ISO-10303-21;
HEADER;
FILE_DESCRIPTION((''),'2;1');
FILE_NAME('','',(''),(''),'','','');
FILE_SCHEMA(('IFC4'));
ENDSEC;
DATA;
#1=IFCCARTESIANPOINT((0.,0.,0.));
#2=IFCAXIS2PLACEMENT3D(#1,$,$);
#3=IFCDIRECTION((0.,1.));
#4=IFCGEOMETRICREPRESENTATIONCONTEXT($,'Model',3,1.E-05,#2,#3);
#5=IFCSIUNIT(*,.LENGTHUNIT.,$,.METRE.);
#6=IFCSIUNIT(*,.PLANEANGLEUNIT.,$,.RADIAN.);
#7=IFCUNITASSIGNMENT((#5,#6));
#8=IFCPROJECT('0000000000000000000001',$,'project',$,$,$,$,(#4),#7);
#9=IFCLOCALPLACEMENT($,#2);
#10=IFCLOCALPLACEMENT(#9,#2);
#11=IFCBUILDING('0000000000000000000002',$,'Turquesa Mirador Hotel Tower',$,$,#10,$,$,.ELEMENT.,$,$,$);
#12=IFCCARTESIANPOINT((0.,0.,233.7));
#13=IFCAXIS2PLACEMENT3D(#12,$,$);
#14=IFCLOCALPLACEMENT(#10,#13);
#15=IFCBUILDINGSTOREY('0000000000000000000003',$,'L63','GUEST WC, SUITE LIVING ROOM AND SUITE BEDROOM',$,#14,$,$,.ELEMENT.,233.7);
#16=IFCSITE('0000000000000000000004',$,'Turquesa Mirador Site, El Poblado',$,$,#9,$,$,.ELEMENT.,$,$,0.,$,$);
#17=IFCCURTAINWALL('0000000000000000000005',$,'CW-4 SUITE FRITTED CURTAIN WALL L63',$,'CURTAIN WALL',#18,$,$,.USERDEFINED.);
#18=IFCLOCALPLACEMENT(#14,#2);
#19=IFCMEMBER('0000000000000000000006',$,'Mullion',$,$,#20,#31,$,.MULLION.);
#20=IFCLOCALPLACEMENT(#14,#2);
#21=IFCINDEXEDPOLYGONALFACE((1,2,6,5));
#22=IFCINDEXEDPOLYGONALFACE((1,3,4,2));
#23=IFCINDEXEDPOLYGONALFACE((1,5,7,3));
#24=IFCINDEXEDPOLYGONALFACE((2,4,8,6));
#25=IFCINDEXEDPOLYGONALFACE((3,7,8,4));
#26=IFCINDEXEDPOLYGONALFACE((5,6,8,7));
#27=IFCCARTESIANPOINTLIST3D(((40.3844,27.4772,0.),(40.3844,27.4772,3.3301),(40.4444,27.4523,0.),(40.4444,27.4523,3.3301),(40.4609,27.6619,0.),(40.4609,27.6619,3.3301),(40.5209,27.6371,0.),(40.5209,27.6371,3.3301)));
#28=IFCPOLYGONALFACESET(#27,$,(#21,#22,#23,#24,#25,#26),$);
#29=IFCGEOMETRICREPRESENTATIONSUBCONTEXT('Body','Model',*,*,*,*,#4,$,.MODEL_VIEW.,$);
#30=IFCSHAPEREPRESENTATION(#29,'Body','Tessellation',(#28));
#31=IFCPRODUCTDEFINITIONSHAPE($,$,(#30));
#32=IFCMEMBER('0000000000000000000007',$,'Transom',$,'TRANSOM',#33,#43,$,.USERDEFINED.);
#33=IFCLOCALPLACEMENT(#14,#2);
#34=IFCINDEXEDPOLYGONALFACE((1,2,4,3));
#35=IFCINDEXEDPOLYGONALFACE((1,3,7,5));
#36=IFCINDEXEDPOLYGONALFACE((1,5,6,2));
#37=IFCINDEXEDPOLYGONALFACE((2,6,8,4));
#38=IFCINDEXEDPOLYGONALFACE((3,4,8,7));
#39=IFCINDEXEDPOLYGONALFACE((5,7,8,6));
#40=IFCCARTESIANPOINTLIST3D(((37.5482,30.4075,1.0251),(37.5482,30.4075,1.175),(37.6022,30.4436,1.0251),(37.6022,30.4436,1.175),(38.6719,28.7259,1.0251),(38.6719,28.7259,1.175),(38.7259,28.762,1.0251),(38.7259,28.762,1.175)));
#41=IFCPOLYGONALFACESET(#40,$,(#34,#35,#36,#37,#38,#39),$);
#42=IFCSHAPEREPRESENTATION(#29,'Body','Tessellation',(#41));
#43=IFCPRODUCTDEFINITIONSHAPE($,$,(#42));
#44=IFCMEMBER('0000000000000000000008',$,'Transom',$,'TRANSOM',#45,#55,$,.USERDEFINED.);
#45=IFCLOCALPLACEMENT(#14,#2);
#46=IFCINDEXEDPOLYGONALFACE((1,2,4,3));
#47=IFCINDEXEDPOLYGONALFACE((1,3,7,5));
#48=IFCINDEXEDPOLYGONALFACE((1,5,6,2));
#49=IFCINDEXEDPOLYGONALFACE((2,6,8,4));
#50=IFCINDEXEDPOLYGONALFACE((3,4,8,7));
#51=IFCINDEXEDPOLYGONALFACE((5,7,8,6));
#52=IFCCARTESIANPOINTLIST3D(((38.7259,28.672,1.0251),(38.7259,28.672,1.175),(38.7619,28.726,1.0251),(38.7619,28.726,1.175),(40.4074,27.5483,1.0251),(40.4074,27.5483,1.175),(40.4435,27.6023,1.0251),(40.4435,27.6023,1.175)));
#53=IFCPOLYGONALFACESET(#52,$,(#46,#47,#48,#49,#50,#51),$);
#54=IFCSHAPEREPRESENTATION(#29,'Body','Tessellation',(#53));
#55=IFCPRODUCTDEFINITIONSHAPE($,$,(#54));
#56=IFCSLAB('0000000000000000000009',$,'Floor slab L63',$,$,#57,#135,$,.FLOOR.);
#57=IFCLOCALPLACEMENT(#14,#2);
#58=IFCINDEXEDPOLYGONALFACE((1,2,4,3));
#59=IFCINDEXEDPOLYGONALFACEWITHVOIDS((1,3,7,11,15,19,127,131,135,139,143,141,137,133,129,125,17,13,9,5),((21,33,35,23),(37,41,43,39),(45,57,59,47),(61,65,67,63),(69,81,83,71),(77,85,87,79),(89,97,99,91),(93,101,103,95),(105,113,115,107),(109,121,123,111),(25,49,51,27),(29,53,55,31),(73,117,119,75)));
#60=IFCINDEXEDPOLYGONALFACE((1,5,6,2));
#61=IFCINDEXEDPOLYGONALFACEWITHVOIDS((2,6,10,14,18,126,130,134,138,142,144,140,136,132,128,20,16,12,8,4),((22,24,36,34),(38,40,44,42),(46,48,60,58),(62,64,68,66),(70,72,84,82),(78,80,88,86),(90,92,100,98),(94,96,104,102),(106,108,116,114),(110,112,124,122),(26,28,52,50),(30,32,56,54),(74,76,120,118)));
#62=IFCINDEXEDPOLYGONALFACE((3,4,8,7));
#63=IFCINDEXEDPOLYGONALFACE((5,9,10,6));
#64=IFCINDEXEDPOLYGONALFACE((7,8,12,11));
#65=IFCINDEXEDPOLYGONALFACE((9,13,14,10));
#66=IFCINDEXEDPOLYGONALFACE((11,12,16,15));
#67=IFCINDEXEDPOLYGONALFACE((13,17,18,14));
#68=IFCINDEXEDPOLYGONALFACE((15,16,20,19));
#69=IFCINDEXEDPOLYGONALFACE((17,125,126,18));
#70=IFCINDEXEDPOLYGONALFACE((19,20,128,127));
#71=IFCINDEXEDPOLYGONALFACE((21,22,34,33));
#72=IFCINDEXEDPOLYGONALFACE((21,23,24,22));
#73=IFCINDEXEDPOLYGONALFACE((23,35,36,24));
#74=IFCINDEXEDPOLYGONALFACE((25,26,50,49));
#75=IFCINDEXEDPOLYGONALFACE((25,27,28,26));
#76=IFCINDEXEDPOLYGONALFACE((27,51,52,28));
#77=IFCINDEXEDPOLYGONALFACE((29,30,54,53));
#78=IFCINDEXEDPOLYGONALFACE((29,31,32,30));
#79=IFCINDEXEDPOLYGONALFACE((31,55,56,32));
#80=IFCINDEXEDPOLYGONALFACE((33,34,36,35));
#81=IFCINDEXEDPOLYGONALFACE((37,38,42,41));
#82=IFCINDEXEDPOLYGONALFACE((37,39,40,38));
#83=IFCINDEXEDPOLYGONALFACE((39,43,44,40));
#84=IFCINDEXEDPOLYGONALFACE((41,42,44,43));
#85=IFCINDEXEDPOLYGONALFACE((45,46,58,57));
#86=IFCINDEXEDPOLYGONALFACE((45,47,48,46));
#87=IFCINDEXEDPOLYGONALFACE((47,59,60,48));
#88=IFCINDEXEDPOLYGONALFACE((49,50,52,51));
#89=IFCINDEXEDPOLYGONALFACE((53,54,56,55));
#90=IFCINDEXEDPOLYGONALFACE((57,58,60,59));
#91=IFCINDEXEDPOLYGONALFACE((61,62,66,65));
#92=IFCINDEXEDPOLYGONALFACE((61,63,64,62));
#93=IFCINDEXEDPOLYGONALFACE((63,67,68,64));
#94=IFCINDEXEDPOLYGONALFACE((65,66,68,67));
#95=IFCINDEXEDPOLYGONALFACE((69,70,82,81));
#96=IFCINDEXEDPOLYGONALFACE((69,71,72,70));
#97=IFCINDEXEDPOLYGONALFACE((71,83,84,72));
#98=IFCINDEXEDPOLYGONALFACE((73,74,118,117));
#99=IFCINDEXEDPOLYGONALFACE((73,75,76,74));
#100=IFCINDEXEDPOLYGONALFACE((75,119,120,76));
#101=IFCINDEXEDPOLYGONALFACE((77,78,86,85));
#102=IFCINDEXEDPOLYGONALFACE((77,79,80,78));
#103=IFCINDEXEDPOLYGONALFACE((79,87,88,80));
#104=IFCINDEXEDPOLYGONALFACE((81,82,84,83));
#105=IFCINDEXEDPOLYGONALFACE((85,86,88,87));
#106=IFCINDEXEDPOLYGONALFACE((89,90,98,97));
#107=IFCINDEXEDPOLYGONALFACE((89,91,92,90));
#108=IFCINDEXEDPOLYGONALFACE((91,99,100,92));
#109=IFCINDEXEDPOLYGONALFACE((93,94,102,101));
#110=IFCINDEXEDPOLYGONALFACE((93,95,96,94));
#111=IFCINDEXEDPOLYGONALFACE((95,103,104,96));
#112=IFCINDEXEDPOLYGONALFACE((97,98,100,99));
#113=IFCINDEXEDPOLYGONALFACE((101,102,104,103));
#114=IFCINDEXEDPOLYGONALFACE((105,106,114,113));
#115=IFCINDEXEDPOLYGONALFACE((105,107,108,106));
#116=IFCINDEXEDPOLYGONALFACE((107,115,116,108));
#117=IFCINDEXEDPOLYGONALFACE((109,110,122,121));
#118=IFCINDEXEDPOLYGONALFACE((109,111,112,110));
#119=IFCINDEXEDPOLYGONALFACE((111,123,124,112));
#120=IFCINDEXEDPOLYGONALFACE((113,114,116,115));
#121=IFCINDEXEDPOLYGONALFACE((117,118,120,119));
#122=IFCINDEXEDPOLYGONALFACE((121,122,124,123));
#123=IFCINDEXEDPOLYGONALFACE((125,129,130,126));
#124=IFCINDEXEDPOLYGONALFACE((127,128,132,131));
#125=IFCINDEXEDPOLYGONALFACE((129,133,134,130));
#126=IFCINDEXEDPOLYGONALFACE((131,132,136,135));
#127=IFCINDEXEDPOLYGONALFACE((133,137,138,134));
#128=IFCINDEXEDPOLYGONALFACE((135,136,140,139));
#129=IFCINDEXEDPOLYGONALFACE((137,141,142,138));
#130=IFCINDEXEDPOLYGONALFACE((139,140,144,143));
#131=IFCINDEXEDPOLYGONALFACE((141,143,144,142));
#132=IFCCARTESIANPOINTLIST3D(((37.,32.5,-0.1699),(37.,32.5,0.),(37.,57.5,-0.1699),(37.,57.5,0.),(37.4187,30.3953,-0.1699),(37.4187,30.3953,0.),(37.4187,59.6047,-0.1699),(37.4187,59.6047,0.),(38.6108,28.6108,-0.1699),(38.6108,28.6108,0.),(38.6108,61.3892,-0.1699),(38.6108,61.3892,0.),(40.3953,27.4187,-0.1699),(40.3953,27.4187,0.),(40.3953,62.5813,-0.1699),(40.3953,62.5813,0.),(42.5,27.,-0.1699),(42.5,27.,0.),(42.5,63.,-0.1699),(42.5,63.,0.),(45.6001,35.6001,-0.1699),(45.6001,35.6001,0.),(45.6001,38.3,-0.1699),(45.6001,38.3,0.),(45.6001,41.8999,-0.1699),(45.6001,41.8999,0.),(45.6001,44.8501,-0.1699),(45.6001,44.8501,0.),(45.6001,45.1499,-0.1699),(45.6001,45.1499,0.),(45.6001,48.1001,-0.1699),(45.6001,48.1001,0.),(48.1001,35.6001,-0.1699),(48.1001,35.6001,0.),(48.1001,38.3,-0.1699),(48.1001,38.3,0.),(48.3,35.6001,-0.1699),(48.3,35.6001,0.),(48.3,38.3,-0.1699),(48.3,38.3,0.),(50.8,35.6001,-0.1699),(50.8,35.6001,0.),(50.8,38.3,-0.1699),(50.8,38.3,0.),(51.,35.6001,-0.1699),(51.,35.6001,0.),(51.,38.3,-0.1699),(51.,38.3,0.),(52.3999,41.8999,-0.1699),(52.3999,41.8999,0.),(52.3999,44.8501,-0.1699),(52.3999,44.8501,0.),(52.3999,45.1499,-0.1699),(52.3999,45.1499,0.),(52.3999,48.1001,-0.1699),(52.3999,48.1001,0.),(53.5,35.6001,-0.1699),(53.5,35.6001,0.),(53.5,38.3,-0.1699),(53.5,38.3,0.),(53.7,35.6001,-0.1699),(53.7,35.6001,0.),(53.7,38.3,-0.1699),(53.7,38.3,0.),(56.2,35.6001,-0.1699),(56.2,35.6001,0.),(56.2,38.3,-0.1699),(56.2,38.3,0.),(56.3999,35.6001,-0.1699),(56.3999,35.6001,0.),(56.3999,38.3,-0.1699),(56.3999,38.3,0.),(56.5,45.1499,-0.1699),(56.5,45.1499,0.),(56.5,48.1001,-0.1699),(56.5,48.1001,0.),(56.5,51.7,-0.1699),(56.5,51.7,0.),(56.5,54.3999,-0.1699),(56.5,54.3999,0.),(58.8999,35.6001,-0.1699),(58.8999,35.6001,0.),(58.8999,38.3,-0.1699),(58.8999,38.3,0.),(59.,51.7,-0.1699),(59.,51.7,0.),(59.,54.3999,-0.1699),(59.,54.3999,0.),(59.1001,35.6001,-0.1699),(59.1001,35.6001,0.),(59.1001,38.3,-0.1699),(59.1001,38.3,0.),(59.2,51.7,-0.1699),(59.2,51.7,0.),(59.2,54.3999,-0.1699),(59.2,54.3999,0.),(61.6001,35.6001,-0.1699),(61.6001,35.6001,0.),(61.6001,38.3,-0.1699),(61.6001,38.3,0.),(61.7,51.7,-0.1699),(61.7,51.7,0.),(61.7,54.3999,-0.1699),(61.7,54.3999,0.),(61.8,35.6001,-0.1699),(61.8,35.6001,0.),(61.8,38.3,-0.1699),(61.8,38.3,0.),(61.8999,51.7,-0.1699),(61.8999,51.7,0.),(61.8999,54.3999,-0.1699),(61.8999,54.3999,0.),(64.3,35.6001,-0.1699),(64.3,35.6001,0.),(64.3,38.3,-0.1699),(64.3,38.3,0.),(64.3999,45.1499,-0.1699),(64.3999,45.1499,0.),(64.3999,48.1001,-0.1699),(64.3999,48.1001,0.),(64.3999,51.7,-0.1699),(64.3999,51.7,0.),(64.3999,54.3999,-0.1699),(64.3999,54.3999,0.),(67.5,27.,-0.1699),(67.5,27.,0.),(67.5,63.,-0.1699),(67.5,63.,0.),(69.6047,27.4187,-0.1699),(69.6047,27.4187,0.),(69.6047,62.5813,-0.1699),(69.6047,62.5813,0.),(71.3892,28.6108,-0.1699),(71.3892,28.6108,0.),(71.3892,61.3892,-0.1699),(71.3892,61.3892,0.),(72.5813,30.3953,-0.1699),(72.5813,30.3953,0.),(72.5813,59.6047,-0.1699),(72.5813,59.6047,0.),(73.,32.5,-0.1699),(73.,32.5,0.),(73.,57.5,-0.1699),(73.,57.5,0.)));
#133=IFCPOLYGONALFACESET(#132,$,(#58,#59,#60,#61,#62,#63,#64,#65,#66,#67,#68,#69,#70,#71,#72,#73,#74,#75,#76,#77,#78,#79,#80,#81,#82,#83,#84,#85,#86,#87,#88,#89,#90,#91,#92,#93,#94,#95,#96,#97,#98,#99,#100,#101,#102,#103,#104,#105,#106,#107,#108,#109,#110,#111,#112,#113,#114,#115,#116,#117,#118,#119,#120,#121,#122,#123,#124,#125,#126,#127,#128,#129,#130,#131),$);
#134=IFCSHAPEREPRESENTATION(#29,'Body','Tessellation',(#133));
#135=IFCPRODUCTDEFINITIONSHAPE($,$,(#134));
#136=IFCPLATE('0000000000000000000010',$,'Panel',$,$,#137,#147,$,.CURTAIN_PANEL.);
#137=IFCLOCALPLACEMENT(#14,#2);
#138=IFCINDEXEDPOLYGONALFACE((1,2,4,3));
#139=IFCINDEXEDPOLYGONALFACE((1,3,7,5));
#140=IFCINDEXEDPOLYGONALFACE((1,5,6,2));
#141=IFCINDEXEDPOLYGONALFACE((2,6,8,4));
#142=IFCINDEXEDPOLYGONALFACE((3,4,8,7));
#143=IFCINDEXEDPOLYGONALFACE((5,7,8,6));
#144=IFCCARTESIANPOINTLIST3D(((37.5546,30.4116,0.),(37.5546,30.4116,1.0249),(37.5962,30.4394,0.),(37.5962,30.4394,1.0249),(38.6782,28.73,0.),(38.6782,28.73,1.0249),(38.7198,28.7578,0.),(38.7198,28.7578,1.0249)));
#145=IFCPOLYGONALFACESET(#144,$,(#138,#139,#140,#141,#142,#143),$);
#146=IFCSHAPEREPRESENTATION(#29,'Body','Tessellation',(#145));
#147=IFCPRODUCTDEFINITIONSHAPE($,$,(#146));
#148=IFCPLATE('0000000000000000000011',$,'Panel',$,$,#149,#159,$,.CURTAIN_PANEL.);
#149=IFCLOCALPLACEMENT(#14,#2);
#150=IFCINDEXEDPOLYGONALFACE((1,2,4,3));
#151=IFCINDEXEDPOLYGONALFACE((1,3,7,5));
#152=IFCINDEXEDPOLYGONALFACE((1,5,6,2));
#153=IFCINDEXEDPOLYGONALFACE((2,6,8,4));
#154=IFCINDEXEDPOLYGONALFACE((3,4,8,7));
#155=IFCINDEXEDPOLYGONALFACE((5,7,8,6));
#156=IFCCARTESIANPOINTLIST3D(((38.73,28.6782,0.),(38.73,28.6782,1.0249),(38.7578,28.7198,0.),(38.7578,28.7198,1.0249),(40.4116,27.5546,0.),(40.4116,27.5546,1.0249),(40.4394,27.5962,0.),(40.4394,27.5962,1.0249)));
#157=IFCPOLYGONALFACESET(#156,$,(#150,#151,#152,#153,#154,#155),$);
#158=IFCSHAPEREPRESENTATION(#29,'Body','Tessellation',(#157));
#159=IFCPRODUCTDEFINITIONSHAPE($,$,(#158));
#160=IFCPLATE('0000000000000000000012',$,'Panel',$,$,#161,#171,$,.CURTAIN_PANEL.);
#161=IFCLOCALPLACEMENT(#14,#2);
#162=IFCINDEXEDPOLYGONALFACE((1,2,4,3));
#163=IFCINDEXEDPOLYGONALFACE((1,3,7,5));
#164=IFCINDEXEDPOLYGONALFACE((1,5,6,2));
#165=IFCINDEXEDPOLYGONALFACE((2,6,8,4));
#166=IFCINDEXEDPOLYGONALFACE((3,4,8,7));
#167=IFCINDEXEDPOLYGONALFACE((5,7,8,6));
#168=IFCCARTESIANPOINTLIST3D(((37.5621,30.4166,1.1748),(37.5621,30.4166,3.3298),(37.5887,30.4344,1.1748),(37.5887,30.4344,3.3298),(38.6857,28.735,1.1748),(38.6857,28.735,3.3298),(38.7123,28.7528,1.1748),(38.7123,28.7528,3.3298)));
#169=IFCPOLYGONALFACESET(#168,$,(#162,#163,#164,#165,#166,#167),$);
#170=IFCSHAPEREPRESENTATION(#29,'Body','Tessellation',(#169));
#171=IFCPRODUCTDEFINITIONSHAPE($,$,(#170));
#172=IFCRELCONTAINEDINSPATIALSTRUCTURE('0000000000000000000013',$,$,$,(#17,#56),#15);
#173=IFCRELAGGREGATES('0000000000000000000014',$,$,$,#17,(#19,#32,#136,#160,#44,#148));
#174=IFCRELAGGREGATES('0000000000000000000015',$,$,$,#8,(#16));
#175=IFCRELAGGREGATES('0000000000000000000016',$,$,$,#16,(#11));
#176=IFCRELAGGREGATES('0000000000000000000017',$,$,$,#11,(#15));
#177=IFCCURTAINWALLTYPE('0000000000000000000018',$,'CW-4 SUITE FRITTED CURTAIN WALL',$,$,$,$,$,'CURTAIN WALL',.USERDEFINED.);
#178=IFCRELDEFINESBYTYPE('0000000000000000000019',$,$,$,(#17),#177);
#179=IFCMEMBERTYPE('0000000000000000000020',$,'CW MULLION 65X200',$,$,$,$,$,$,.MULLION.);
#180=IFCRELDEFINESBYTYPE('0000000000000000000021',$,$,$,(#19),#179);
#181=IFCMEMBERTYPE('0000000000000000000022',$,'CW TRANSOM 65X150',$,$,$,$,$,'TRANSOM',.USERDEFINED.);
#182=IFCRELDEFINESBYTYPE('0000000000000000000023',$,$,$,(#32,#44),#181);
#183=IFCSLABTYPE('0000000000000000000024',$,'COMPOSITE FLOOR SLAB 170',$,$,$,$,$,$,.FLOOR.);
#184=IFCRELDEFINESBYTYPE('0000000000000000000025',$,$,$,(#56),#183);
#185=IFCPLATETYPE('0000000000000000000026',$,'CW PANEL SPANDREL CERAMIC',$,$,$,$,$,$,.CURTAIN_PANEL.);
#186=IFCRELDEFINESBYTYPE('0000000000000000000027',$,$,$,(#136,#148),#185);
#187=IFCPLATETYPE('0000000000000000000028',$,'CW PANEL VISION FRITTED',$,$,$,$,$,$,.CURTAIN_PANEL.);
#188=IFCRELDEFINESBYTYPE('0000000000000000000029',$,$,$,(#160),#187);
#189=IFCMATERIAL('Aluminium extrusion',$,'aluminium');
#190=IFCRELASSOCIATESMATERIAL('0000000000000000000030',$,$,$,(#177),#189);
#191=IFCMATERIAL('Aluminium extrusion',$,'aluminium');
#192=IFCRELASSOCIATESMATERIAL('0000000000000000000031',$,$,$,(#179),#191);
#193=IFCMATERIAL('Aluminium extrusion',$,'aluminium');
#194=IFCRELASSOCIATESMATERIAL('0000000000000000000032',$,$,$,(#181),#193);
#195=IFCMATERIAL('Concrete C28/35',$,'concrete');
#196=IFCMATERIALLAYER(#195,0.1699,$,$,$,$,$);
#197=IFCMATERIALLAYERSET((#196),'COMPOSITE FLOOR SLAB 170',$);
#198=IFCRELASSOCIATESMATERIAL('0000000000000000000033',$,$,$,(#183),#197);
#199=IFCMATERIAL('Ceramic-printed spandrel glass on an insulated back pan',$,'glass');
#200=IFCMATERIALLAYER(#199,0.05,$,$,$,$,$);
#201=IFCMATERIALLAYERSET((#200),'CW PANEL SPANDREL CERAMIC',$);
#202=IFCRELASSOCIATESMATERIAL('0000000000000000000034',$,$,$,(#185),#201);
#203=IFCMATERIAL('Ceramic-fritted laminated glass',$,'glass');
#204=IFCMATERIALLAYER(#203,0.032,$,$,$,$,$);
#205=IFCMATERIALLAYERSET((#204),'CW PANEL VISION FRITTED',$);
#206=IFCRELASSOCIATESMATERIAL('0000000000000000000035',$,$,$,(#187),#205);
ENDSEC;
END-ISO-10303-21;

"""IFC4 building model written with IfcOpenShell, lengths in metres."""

from ifc_helpers import new_model, si_unit, direction, frame, origin, origin_2d, place, context, subcontext, project, spatial, polyline, rectangle, outline, extrude, material, layer, layer_set, material_profile, profile_set, type_object, element, aggregate, save


model = new_model("IFC4")

# Units and contexts
model_context = context("Model", 3, precision=1e-05, world=origin(), true_north=direction((0.0, 1.0)))
body_context = subcontext(model_context, "Body", "Model", "MODEL_VIEW")
ifc_project = project(units=[si_unit("LENGTHUNIT", "METRE"), si_unit("PLANEANGLEUNIT", "RADIAN")], contexts=[model_context])

# Site, building, storey
site_placement = place(None, origin())
site = spatial("IfcSite", under=ifc_project, at=site_placement, Name="Turquesa Mirador Site, El Poblado", CompositionType="ELEMENT", RefElevation=0.0)
building_placement = place(site_placement, origin())
building = spatial("IfcBuilding", under=site, at=building_placement, Name="Turquesa Mirador Hotel Tower", CompositionType="ELEMENT")
storey_placement = place(building_placement, frame((0.0, 0.0, 233.7)))
storey = spatial("IfcBuildingStorey", under=building, at=storey_placement, Name="L63", Description="GUEST WC, SUITE LIVING ROOM AND SUITE BEDROOM", CompositionType="ELEMENT", Elevation=233.7)

# Shared definitions
ifc_material_1 = material(Name="Aluminium extrusion", Category="aluminium")
curtain_wall_type = type_object("IfcCurtainWallType", Name="CW-4 SUITE FRITTED CURTAIN WALL", ElementType="CURTAIN WALL", PredefinedType="USERDEFINED", material=ifc_material_1)
ifc_material_2 = material(Name="Aluminium extrusion", Category="aluminium")
ifc_material_profile_1 = material_profile(ifc_material_2, rectangle(XDim=0.0649, YDim=0.2, at=origin_2d()), Name="MULLION 65X200")
ifc_profile_set_1 = profile_set([ifc_material_profile_1], Name="Aluminium extrusion")
member_type_1 = type_object("IfcMemberType", Name="CW MULLION 65X200", PredefinedType="MULLION", material=ifc_profile_set_1)

# Curtain wall, members
curtain_wall_1_placement = place(storey_placement, origin())
curtain_wall_1 = element("IfcCurtainWall", 1, at=curtain_wall_1_placement, inside=storey, type_object=curtain_wall_type, Name="CW-4 SUITE FRITTED CURTAIN WALL L63", ObjectType="CURTAIN WALL", PredefinedType="USERDEFINED")
member_1_placement = place(storey_placement, frame((40.4526, 27.5571, 0.0), z_axis=(0.0, 0.0, 1.0), x_axis=(0.92388, -0.382683, 0.0)))
member_1 = element("IfcMember", 2, at=member_1_placement, type_object=member_type_1, Name="Mullion", PredefinedType="MULLION", context=body_context, shape_type="SweptSolid", body=[
    extrude(rectangle(XDim=0.0649, YDim=0.2, at=origin_2d()), origin(), (0.0, 0.0, 1.0), 3.3301),
])
ifc_material_3 = material(Name="Aluminium extrusion", Category="aluminium")
ifc_material_profile_2 = material_profile(ifc_material_3, rectangle(XDim=0.0649, YDim=0.1499, at=origin_2d()), Name="TRANSOM 65X150")
ifc_profile_set_2 = profile_set([ifc_material_profile_2], Name="Aluminium extrusion")
member_type_2 = type_object("IfcMemberType", Name="CW TRANSOM 65X150", ElementType="TRANSOM", PredefinedType="USERDEFINED", material=ifc_profile_set_2)
member_2_placement = place(storey_placement, frame((37.5752, 30.4255, 1.1001), z_axis=(0.555619, -0.831437, 0.0), x_axis=(0.831437, 0.555619, 0.0)))
member_2 = element("IfcMember", 3, at=member_2_placement, type_object=member_type_2, Name="Transom", ObjectType="TRANSOM", PredefinedType="USERDEFINED", context=body_context, shape_type="SweptSolid", body=[
    extrude(rectangle(XDim=0.0649, YDim=0.1499, at=origin_2d()), origin(), (0.0, 0.0, 1.0), 2.0225),
])
member_3_placement = place(storey_placement, frame((38.7439, 28.699, 1.1001), z_axis=(0.831437, -0.555619, 0.0), x_axis=(0.555619, 0.831437, 0.0)))
member_3 = element("IfcMember", 4, at=member_3_placement, type_object=member_type_2, Name="Transom", ObjectType="TRANSOM", PredefinedType="USERDEFINED", context=body_context, shape_type="SweptSolid", body=[
    extrude(rectangle(XDim=0.0649, YDim=0.1499, at=origin_2d()), origin(), (0.0, 0.0, 1.0), 2.0225),
])

# Slab
ifc_material_4 = material(Name="Concrete C28/35", Category="concrete")
ifc_layer_1 = layer(ifc_material_4, 0.1699)
ifc_layer_set_1 = layer_set([ifc_layer_1], Name="COMPOSITE FLOOR SLAB 170")
slab_type_1 = type_object("IfcSlabType", Name="COMPOSITE FLOOR SLAB 170", PredefinedType="FLOOR", material=ifc_layer_set_1)
slab_1_placement = place(storey_placement, frame((0.0, 0.0, -0.1699)))
element("IfcSlab", 5, at=slab_1_placement, inside=storey, type_object=slab_type_1, Name="Floor slab L63", PredefinedType="FLOOR", context=body_context, shape_type="SweptSolid", body=[
    extrude(outline(polyline([(67.5, 27.0), (69.6047, 27.4187), (71.3892, 28.6108), (72.5813, 30.3953), (73.0, 32.5), (73.0, 57.5), (72.5813, 59.6047), (71.3892, 61.3892), (69.6047, 62.5813), (67.5, 63.0), (42.5, 63.0), (40.3953, 62.5813), (38.6108, 61.3892), (37.4187, 59.6047), (37.0, 57.5), (37.0, 32.5), (37.4187, 30.3953), (38.6108, 28.6108), (40.3953, 27.4187), (42.5, 27.0), (67.5, 27.0)]), holes=[polyline([(56.5, 51.7), (59.0, 51.7), (59.0, 54.3999), (56.5, 54.3999), (56.5, 51.7)]), polyline([(59.2, 51.7), (61.7, 51.7), (61.7, 54.3999), (59.2, 54.3999), (59.2, 51.7)]), polyline([(45.6001, 35.6001), (48.1001, 35.6001), (48.1001, 38.3), (45.6001, 38.3), (45.6001, 35.6001)]), polyline([(48.3, 35.6001), (50.8, 35.6001), (50.8, 38.3), (48.3, 38.3), (48.3, 35.6001)]), polyline([(51.0, 35.6001), (53.5, 35.6001), (53.5, 38.3), (51.0, 38.3), (51.0, 35.6001)]), polyline([(53.7, 35.6001), (56.2, 35.6001), (56.2, 38.3), (53.7, 38.3), (53.7, 35.6001)]), polyline([(56.3999, 35.6001), (58.8999, 35.6001), (58.8999, 38.3), (56.3999, 38.3), (56.3999, 35.6001)]), polyline([(59.1001, 35.6001), (61.6001, 35.6001), (61.6001, 38.3), (59.1001, 38.3), (59.1001, 35.6001)]), polyline([(61.8, 35.6001), (64.3, 35.6001), (64.3, 38.3), (61.8, 38.3), (61.8, 35.6001)]), polyline([(45.6001, 45.1499), (52.3999, 45.1499), (52.3999, 48.1001), (45.6001, 48.1001), (45.6001, 45.1499)]), polyline([(45.6001, 41.8999), (52.3999, 41.8999), (52.3999, 44.8501), (45.6001, 44.8501), (45.6001, 41.8999)]), polyline([(56.5, 45.1499), (64.3999, 45.1499), (64.3999, 48.1001), (56.5, 48.1001), (56.5, 45.1499)]), polyline([(61.8999, 51.7), (64.3999, 51.7), (64.3999, 54.3999), (61.8999, 54.3999), (61.8999, 51.7)])]), origin(), (0.0, 0.0, 1.0), 0.1699),
])

# Plates
ifc_material_5 = material(Name="Ceramic-printed spandrel glass on an insulated back pan", Category="glass")
ifc_layer_2 = layer(ifc_material_5, 0.05)
ifc_layer_set_2 = layer_set([ifc_layer_2], Name="CW PANEL SPANDREL CERAMIC")
plate_type_1 = type_object("IfcPlateType", Name="CW PANEL SPANDREL CERAMIC", PredefinedType="CURTAIN_PANEL", material=ifc_layer_set_2)
plate_1_placement = place(storey_placement, frame((38.1372, 29.5847, 0.0), z_axis=(0.0, 0.0, 1.0), x_axis=(0.55557, -0.83147, 0.0)))
plate_1 = element("IfcPlate", 6, at=plate_1_placement, type_object=plate_type_1, Name="Panel", PredefinedType="CURTAIN_PANEL", context=body_context, shape_type="SweptSolid", body=[
    extrude(rectangle(XDim=2.0225, YDim=0.05, at=origin_2d()), origin(), (0.0, 0.0, 1.0), 1.0249),
])
plate_2_placement = place(storey_placement, frame((39.5847, 28.1372, 0.0), z_axis=(0.0, 0.0, 1.0), x_axis=(0.83147, -0.55557, 0.0)))
plate_2 = element("IfcPlate", 7, at=plate_2_placement, type_object=plate_type_1, Name="Panel", PredefinedType="CURTAIN_PANEL", context=body_context, shape_type="SweptSolid", body=[
    extrude(rectangle(XDim=2.0225, YDim=0.05, at=origin_2d()), origin(), (0.0, 0.0, 1.0), 1.0249),
])
ifc_material_6 = material(Name="Ceramic-fritted laminated glass", Category="glass")
ifc_layer_3 = layer(ifc_material_6, 0.032)
ifc_layer_set_3 = layer_set([ifc_layer_3], Name="CW PANEL VISION FRITTED")
plate_type_2 = type_object("IfcPlateType", Name="CW PANEL VISION FRITTED", PredefinedType="CURTAIN_PANEL", material=ifc_layer_set_3)
plate_3_placement = place(storey_placement, frame((38.1372, 29.5847, 1.1748), z_axis=(0.0, 0.0, 1.0), x_axis=(0.55557, -0.83147, 0.0)))
plate_3 = element("IfcPlate", 8, at=plate_3_placement, type_object=plate_type_2, Name="Panel", PredefinedType="CURTAIN_PANEL", context=body_context, shape_type="SweptSolid", body=[
    extrude(rectangle(XDim=2.0225, YDim=0.032, at=origin_2d()), origin(), (0.0, 0.0, 1.0), 2.155),
])
aggregate(curtain_wall_1, [member_1, member_2, plate_1, plate_3, member_3, plate_2])

save(model, "model.ifc")
